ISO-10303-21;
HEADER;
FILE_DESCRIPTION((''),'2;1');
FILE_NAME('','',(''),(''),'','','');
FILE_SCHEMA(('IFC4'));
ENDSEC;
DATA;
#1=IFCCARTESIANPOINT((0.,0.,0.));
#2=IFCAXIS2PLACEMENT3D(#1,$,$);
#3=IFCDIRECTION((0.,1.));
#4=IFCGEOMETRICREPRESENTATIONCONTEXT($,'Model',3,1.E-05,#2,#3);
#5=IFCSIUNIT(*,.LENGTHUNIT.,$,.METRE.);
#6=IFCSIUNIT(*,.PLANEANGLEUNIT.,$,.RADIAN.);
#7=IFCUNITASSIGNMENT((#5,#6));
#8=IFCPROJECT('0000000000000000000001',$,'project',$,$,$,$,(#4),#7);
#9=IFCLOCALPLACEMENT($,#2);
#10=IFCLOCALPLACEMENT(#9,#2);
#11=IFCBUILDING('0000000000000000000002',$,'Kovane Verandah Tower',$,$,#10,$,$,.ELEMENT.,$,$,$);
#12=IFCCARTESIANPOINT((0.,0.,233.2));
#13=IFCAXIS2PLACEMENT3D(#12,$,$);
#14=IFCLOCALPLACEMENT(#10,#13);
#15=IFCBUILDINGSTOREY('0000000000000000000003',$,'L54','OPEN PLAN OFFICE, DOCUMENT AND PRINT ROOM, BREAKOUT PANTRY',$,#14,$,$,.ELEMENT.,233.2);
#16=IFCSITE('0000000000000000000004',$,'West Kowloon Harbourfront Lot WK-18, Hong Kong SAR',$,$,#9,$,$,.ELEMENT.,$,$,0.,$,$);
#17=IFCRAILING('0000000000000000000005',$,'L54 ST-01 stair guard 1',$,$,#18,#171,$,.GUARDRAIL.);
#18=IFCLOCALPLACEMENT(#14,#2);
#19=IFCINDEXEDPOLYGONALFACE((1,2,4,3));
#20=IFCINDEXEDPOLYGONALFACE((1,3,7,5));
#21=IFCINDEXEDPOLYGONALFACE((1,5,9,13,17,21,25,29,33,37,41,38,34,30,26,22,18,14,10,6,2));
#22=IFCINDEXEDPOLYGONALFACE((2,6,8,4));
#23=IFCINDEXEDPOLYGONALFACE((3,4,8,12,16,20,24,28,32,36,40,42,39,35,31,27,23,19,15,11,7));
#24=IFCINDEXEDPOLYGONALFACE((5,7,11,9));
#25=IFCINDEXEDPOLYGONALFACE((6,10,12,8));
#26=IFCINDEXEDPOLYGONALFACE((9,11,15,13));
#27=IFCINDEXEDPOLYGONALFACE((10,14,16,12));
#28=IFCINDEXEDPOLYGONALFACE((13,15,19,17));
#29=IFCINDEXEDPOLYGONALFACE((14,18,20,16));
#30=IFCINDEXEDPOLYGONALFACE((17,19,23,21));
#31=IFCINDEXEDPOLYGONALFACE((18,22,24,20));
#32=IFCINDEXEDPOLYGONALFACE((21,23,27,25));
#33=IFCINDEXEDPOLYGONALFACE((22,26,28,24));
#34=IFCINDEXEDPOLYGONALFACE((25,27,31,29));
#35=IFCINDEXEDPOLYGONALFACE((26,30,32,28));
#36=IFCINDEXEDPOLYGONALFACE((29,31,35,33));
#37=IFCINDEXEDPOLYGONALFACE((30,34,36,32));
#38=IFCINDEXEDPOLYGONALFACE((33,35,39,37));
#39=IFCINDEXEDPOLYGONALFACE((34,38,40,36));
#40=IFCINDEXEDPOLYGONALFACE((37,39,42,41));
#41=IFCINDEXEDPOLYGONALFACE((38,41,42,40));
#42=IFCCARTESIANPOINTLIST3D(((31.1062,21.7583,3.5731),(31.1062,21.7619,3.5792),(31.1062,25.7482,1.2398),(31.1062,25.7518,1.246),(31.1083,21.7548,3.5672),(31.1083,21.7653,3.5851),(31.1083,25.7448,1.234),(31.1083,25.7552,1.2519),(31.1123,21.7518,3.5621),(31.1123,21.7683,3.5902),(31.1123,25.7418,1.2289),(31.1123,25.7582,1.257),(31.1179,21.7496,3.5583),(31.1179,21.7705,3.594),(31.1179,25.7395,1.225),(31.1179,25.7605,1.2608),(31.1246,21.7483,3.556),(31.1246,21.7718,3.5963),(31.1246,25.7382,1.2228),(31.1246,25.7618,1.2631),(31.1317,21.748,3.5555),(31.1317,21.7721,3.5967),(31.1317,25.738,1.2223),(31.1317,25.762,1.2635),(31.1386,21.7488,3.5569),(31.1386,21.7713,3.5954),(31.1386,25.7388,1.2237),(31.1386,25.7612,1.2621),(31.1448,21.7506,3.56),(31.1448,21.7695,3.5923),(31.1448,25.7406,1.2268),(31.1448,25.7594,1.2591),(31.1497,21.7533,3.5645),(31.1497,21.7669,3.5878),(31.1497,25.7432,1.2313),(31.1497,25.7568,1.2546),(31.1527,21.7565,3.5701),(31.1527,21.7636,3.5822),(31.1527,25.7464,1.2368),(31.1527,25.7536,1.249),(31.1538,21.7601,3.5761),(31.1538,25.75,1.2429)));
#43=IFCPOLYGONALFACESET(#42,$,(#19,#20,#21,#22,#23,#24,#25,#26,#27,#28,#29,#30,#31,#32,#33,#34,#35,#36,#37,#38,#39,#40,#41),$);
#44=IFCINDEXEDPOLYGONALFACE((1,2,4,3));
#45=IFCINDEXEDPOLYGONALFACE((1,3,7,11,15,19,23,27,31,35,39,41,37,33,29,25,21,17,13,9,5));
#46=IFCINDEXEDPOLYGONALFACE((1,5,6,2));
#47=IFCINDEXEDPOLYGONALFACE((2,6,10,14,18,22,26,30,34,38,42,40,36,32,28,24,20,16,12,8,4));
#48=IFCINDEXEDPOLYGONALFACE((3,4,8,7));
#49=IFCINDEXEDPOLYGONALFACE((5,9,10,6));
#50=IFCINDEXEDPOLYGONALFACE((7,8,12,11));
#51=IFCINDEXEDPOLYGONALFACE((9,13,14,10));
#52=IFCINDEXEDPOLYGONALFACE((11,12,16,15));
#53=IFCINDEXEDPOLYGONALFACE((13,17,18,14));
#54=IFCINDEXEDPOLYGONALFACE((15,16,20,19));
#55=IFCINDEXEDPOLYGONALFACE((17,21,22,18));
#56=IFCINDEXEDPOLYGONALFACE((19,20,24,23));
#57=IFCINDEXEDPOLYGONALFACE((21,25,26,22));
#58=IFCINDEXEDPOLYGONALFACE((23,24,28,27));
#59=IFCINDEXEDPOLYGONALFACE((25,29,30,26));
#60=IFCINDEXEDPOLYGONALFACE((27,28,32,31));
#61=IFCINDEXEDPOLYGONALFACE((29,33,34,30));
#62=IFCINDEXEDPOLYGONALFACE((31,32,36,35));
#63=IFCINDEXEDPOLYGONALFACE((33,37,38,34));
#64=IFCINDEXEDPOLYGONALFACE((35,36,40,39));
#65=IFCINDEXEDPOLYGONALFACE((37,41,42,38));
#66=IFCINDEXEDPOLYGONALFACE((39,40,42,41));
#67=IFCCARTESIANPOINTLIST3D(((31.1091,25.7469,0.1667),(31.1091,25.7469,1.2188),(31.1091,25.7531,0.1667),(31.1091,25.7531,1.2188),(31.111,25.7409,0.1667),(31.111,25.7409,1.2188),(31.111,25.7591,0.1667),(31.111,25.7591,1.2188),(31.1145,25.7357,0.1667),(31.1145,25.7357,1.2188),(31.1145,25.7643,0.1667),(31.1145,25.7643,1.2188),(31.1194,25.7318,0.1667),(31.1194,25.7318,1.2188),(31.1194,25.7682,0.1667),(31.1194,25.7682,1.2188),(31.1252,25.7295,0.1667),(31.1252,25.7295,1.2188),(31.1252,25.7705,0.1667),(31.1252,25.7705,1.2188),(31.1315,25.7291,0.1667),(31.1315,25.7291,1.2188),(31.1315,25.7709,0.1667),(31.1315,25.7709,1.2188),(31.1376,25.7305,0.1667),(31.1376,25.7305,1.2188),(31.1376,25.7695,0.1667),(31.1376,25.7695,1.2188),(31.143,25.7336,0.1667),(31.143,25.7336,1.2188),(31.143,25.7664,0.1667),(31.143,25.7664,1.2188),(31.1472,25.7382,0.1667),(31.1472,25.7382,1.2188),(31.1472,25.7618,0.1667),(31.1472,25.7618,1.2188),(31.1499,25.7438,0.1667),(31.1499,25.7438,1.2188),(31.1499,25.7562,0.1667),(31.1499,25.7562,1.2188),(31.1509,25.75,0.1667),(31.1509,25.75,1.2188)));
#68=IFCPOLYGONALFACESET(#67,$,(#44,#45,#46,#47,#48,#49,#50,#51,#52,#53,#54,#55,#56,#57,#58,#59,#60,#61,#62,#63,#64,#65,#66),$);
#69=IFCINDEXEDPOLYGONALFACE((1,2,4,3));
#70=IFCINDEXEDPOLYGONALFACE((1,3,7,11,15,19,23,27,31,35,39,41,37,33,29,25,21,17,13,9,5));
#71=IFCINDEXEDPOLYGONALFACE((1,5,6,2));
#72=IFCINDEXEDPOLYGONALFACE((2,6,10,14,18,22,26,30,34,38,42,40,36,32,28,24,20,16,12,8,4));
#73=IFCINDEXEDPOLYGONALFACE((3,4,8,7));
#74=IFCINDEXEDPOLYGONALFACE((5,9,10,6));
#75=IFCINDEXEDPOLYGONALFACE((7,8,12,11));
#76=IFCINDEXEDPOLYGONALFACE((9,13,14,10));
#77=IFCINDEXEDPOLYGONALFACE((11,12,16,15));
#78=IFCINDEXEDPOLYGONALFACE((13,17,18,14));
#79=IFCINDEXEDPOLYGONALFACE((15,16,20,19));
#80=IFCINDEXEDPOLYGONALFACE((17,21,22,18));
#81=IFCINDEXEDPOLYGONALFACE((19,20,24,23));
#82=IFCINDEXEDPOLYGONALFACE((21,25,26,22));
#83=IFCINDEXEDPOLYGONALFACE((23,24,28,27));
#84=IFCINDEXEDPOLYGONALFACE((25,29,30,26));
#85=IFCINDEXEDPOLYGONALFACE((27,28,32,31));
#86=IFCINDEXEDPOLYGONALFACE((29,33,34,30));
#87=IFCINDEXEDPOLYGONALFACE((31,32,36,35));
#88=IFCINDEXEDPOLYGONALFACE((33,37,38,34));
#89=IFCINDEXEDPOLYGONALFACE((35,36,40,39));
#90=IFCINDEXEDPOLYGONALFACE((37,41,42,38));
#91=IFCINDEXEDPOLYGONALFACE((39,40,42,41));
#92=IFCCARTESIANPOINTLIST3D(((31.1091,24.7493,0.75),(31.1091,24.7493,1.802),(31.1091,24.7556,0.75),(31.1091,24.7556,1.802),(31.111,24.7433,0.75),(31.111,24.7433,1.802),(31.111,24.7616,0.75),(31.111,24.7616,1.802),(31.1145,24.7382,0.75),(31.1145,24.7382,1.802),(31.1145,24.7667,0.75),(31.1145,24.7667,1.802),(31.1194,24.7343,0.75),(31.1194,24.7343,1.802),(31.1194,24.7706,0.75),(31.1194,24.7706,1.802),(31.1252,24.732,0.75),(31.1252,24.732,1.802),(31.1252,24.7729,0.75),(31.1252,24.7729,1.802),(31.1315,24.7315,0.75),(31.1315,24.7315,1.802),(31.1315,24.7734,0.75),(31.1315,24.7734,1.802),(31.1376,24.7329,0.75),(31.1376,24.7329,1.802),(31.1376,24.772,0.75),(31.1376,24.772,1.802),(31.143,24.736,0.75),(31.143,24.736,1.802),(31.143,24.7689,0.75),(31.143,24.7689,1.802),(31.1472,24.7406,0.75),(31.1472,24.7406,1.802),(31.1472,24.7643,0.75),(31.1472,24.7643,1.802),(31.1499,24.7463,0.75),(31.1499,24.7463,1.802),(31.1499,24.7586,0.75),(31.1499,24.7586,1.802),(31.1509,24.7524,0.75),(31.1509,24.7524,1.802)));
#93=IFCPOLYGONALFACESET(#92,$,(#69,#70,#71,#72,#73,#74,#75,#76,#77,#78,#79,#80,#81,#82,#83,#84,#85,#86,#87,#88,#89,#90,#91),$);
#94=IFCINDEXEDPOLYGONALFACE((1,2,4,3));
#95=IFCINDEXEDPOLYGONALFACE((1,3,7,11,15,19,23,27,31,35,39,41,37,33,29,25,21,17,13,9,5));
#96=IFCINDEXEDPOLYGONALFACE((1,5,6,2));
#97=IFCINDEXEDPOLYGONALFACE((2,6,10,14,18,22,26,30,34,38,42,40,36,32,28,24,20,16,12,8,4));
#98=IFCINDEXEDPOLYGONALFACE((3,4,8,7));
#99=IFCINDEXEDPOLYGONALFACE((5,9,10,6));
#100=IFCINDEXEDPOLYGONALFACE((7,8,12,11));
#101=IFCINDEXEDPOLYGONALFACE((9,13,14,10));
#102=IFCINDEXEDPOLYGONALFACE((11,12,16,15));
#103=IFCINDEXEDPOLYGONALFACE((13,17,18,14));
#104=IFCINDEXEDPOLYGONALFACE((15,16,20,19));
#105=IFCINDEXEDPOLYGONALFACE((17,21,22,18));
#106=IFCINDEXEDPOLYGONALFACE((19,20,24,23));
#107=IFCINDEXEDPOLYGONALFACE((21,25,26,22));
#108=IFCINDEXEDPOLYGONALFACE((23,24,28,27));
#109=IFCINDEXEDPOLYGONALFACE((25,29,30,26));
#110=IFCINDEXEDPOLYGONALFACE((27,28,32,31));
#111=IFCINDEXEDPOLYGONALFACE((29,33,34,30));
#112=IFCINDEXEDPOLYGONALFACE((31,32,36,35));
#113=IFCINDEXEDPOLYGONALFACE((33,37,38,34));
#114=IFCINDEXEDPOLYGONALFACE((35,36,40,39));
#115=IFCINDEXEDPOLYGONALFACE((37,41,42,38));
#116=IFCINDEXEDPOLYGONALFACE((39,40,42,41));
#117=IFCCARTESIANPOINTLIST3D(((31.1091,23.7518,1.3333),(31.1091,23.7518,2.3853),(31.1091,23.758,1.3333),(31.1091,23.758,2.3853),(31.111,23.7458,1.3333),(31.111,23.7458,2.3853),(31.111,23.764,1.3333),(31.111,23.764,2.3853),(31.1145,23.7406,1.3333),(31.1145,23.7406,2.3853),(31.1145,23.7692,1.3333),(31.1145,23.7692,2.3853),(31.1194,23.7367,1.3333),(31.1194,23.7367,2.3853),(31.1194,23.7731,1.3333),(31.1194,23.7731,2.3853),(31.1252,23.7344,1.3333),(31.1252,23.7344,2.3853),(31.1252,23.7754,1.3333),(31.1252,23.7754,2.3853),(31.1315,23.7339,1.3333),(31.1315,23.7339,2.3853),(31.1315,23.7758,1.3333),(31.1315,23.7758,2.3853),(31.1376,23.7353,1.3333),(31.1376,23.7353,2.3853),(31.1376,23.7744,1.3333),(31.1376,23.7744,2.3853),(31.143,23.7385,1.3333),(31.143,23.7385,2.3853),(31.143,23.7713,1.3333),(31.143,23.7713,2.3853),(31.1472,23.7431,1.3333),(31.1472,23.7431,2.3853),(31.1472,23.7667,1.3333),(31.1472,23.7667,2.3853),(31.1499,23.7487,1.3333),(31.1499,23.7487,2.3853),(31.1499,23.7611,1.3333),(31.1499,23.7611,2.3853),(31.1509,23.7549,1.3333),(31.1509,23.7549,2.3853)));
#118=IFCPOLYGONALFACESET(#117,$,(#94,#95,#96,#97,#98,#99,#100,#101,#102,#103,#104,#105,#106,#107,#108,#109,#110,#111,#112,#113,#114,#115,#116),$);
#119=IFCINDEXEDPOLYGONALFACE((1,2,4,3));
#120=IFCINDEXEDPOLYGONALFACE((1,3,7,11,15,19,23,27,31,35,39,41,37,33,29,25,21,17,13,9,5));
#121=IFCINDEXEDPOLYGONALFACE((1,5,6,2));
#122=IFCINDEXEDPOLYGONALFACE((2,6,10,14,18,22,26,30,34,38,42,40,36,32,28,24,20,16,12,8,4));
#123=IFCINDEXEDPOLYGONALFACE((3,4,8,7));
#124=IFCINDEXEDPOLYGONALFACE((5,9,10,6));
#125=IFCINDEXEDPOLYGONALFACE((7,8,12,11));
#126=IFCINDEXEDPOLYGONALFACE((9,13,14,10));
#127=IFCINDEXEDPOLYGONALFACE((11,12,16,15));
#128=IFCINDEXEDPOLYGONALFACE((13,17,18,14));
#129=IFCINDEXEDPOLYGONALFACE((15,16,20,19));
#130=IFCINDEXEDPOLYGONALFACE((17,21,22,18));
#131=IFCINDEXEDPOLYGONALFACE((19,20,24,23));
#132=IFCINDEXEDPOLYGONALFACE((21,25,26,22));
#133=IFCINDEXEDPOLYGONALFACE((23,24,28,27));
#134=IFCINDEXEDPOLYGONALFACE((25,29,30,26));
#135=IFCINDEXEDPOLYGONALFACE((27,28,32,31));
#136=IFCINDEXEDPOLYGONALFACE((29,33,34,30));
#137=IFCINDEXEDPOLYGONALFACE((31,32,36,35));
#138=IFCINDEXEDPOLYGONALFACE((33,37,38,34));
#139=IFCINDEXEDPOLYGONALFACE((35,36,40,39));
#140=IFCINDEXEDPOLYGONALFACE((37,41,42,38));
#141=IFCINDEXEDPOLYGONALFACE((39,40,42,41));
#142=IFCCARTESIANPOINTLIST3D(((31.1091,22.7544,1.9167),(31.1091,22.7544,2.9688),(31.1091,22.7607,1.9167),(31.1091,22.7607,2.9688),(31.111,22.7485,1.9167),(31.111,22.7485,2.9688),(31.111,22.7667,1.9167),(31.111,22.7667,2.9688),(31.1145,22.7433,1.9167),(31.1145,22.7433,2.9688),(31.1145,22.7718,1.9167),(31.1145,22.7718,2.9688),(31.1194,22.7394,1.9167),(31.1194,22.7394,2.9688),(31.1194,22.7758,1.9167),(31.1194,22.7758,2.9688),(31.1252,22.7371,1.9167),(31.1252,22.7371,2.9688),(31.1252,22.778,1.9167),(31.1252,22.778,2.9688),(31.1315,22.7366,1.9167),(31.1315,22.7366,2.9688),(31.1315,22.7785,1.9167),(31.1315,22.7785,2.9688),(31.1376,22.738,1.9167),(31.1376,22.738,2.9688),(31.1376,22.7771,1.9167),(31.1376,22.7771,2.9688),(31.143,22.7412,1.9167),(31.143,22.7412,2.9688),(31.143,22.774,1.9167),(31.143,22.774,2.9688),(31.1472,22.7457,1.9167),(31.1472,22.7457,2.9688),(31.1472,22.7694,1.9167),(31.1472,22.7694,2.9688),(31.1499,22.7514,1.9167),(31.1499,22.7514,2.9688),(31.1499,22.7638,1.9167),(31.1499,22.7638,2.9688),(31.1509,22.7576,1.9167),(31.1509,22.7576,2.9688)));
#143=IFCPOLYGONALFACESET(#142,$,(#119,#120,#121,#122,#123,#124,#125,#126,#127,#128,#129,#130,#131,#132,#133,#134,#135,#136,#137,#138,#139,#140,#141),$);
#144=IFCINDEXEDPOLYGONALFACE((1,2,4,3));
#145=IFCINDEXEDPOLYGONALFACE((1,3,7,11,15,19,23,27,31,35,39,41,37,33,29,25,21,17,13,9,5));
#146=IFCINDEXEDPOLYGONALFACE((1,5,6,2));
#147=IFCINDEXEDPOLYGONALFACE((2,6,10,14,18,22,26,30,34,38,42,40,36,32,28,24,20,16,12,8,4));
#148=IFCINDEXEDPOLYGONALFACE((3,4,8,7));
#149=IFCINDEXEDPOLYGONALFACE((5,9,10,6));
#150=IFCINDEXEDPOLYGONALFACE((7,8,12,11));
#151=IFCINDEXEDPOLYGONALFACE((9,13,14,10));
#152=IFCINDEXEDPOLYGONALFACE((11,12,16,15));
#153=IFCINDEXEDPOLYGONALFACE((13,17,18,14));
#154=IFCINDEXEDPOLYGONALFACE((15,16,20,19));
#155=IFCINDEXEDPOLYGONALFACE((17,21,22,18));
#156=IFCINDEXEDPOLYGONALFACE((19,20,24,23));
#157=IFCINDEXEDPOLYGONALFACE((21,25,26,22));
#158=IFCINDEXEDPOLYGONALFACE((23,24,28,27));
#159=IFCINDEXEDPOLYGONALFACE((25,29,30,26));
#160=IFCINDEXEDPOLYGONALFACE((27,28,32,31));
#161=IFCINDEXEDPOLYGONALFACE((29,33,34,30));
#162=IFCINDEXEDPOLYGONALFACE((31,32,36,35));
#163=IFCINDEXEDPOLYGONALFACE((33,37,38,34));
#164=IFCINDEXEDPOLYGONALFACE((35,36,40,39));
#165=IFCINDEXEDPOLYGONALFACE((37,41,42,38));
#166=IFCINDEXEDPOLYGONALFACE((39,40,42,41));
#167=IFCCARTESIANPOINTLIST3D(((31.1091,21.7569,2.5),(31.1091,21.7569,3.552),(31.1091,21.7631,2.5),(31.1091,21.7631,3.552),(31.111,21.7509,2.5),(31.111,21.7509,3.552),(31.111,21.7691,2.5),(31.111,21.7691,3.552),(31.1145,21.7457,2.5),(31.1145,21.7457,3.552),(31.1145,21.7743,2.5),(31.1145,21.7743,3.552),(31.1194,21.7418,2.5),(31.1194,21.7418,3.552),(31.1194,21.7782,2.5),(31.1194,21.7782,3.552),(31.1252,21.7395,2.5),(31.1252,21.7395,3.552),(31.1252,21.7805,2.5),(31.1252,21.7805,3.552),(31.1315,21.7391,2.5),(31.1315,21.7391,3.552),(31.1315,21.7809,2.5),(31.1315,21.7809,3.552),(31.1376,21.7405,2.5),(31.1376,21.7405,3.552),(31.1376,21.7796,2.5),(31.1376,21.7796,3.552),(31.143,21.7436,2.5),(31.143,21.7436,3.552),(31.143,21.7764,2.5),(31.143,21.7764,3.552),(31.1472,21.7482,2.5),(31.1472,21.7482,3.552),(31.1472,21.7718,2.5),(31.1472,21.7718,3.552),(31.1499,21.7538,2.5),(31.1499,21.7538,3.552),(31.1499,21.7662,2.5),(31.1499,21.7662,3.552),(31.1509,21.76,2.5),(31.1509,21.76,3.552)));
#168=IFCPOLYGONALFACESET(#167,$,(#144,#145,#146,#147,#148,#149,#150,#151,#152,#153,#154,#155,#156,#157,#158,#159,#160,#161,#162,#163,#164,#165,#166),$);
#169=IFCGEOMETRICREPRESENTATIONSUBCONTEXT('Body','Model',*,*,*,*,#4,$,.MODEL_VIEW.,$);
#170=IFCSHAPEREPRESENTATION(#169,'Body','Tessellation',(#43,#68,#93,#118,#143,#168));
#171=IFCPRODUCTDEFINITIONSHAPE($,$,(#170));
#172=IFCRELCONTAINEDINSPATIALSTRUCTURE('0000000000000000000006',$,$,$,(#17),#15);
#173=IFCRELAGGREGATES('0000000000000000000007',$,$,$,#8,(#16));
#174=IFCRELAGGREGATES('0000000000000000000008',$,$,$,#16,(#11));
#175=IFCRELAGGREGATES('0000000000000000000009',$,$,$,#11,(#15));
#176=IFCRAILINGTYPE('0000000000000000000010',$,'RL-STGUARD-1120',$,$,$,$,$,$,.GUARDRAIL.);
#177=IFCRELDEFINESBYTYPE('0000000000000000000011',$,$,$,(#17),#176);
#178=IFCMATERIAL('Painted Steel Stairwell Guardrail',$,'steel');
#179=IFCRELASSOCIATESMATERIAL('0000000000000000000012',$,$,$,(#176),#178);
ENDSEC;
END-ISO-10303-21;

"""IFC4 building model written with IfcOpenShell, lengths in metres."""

from ifc_helpers import new_model, si_unit, direction, frame, origin, origin_2d, place, context, subcontext, project, spatial, circle, extrude, material, type_object, element, save


model = new_model("IFC4")

# Units and contexts
model_context = context("Model", 3, precision=1e-05, world=origin(), true_north=direction((0.0, 1.0)))
body_context = subcontext(model_context, "Body", "Model", "MODEL_VIEW")
ifc_project = project(units=[si_unit("LENGTHUNIT", "METRE"), si_unit("PLANEANGLEUNIT", "RADIAN")], contexts=[model_context])

# Site, building, storey
site_placement = place(None, origin())
site = spatial("IfcSite", under=ifc_project, at=site_placement, Name="West Kowloon Harbourfront Lot WK-18, Hong Kong SAR", CompositionType="ELEMENT", RefElevation=0.0)
building_placement = place(site_placement, origin())
building = spatial("IfcBuilding", under=site, at=building_placement, Name="Kovane Verandah Tower", CompositionType="ELEMENT")
storey_placement = place(building_placement, frame((0.0, 0.0, 233.2)))
storey = spatial("IfcBuildingStorey", under=building, at=storey_placement, Name="L54", Description="OPEN PLAN OFFICE, DOCUMENT AND PRINT ROOM, BREAKOUT PANTRY", CompositionType="ELEMENT", Elevation=233.2)

# Railing
ifc_material_1 = material(Name="Painted Steel Stairwell Guardrail", Category="steel")
railing_type_1 = type_object("IfcRailingType", Name="RL-STGUARD-1120", PredefinedType="GUARDRAIL", material=ifc_material_1)
railing_1_placement = place(storey_placement, frame((31.1299, 25.75, 0.1667)))
element("IfcRailing", 1, at=railing_1_placement, inside=storey, type_object=railing_type_1, Name="L54 ST-01 stair guard 1", PredefinedType="GUARDRAIL", context=body_context, shape_type="SweptSolid", body=[
    extrude(circle(Radius=0.0239, at=origin_2d()), frame((0.0, 0.0, 1.0762), z_axis=(0.0, -0.863236, 0.5048), x_axis=(1.0, 0.0, 0.0)), (0.0, 0.0, 1.0), 4.6221),
    extrude(circle(Radius=0.021, at=origin_2d()), origin(), (0.0, 0.0, 1.0), 1.052),
    extrude(circle(Radius=0.021, at=origin_2d()), frame((0.0, -0.9976, 0.5833)), (0.0, 0.0, 1.0), 1.052),
    extrude(circle(Radius=0.021, at=origin_2d()), frame((0.0, -1.9951, 1.1665)), (0.0, 0.0, 1.0), 1.052),
    extrude(circle(Radius=0.021, at=origin_2d()), frame((0.0, -2.9924, 1.75)), (0.0, 0.0, 1.0), 1.052),
    extrude(circle(Radius=0.021, at=origin_2d()), frame((0.0, -3.99, 2.3333)), (0.0, 0.0, 1.0), 1.052),
])

save(model, "model.ifc")
